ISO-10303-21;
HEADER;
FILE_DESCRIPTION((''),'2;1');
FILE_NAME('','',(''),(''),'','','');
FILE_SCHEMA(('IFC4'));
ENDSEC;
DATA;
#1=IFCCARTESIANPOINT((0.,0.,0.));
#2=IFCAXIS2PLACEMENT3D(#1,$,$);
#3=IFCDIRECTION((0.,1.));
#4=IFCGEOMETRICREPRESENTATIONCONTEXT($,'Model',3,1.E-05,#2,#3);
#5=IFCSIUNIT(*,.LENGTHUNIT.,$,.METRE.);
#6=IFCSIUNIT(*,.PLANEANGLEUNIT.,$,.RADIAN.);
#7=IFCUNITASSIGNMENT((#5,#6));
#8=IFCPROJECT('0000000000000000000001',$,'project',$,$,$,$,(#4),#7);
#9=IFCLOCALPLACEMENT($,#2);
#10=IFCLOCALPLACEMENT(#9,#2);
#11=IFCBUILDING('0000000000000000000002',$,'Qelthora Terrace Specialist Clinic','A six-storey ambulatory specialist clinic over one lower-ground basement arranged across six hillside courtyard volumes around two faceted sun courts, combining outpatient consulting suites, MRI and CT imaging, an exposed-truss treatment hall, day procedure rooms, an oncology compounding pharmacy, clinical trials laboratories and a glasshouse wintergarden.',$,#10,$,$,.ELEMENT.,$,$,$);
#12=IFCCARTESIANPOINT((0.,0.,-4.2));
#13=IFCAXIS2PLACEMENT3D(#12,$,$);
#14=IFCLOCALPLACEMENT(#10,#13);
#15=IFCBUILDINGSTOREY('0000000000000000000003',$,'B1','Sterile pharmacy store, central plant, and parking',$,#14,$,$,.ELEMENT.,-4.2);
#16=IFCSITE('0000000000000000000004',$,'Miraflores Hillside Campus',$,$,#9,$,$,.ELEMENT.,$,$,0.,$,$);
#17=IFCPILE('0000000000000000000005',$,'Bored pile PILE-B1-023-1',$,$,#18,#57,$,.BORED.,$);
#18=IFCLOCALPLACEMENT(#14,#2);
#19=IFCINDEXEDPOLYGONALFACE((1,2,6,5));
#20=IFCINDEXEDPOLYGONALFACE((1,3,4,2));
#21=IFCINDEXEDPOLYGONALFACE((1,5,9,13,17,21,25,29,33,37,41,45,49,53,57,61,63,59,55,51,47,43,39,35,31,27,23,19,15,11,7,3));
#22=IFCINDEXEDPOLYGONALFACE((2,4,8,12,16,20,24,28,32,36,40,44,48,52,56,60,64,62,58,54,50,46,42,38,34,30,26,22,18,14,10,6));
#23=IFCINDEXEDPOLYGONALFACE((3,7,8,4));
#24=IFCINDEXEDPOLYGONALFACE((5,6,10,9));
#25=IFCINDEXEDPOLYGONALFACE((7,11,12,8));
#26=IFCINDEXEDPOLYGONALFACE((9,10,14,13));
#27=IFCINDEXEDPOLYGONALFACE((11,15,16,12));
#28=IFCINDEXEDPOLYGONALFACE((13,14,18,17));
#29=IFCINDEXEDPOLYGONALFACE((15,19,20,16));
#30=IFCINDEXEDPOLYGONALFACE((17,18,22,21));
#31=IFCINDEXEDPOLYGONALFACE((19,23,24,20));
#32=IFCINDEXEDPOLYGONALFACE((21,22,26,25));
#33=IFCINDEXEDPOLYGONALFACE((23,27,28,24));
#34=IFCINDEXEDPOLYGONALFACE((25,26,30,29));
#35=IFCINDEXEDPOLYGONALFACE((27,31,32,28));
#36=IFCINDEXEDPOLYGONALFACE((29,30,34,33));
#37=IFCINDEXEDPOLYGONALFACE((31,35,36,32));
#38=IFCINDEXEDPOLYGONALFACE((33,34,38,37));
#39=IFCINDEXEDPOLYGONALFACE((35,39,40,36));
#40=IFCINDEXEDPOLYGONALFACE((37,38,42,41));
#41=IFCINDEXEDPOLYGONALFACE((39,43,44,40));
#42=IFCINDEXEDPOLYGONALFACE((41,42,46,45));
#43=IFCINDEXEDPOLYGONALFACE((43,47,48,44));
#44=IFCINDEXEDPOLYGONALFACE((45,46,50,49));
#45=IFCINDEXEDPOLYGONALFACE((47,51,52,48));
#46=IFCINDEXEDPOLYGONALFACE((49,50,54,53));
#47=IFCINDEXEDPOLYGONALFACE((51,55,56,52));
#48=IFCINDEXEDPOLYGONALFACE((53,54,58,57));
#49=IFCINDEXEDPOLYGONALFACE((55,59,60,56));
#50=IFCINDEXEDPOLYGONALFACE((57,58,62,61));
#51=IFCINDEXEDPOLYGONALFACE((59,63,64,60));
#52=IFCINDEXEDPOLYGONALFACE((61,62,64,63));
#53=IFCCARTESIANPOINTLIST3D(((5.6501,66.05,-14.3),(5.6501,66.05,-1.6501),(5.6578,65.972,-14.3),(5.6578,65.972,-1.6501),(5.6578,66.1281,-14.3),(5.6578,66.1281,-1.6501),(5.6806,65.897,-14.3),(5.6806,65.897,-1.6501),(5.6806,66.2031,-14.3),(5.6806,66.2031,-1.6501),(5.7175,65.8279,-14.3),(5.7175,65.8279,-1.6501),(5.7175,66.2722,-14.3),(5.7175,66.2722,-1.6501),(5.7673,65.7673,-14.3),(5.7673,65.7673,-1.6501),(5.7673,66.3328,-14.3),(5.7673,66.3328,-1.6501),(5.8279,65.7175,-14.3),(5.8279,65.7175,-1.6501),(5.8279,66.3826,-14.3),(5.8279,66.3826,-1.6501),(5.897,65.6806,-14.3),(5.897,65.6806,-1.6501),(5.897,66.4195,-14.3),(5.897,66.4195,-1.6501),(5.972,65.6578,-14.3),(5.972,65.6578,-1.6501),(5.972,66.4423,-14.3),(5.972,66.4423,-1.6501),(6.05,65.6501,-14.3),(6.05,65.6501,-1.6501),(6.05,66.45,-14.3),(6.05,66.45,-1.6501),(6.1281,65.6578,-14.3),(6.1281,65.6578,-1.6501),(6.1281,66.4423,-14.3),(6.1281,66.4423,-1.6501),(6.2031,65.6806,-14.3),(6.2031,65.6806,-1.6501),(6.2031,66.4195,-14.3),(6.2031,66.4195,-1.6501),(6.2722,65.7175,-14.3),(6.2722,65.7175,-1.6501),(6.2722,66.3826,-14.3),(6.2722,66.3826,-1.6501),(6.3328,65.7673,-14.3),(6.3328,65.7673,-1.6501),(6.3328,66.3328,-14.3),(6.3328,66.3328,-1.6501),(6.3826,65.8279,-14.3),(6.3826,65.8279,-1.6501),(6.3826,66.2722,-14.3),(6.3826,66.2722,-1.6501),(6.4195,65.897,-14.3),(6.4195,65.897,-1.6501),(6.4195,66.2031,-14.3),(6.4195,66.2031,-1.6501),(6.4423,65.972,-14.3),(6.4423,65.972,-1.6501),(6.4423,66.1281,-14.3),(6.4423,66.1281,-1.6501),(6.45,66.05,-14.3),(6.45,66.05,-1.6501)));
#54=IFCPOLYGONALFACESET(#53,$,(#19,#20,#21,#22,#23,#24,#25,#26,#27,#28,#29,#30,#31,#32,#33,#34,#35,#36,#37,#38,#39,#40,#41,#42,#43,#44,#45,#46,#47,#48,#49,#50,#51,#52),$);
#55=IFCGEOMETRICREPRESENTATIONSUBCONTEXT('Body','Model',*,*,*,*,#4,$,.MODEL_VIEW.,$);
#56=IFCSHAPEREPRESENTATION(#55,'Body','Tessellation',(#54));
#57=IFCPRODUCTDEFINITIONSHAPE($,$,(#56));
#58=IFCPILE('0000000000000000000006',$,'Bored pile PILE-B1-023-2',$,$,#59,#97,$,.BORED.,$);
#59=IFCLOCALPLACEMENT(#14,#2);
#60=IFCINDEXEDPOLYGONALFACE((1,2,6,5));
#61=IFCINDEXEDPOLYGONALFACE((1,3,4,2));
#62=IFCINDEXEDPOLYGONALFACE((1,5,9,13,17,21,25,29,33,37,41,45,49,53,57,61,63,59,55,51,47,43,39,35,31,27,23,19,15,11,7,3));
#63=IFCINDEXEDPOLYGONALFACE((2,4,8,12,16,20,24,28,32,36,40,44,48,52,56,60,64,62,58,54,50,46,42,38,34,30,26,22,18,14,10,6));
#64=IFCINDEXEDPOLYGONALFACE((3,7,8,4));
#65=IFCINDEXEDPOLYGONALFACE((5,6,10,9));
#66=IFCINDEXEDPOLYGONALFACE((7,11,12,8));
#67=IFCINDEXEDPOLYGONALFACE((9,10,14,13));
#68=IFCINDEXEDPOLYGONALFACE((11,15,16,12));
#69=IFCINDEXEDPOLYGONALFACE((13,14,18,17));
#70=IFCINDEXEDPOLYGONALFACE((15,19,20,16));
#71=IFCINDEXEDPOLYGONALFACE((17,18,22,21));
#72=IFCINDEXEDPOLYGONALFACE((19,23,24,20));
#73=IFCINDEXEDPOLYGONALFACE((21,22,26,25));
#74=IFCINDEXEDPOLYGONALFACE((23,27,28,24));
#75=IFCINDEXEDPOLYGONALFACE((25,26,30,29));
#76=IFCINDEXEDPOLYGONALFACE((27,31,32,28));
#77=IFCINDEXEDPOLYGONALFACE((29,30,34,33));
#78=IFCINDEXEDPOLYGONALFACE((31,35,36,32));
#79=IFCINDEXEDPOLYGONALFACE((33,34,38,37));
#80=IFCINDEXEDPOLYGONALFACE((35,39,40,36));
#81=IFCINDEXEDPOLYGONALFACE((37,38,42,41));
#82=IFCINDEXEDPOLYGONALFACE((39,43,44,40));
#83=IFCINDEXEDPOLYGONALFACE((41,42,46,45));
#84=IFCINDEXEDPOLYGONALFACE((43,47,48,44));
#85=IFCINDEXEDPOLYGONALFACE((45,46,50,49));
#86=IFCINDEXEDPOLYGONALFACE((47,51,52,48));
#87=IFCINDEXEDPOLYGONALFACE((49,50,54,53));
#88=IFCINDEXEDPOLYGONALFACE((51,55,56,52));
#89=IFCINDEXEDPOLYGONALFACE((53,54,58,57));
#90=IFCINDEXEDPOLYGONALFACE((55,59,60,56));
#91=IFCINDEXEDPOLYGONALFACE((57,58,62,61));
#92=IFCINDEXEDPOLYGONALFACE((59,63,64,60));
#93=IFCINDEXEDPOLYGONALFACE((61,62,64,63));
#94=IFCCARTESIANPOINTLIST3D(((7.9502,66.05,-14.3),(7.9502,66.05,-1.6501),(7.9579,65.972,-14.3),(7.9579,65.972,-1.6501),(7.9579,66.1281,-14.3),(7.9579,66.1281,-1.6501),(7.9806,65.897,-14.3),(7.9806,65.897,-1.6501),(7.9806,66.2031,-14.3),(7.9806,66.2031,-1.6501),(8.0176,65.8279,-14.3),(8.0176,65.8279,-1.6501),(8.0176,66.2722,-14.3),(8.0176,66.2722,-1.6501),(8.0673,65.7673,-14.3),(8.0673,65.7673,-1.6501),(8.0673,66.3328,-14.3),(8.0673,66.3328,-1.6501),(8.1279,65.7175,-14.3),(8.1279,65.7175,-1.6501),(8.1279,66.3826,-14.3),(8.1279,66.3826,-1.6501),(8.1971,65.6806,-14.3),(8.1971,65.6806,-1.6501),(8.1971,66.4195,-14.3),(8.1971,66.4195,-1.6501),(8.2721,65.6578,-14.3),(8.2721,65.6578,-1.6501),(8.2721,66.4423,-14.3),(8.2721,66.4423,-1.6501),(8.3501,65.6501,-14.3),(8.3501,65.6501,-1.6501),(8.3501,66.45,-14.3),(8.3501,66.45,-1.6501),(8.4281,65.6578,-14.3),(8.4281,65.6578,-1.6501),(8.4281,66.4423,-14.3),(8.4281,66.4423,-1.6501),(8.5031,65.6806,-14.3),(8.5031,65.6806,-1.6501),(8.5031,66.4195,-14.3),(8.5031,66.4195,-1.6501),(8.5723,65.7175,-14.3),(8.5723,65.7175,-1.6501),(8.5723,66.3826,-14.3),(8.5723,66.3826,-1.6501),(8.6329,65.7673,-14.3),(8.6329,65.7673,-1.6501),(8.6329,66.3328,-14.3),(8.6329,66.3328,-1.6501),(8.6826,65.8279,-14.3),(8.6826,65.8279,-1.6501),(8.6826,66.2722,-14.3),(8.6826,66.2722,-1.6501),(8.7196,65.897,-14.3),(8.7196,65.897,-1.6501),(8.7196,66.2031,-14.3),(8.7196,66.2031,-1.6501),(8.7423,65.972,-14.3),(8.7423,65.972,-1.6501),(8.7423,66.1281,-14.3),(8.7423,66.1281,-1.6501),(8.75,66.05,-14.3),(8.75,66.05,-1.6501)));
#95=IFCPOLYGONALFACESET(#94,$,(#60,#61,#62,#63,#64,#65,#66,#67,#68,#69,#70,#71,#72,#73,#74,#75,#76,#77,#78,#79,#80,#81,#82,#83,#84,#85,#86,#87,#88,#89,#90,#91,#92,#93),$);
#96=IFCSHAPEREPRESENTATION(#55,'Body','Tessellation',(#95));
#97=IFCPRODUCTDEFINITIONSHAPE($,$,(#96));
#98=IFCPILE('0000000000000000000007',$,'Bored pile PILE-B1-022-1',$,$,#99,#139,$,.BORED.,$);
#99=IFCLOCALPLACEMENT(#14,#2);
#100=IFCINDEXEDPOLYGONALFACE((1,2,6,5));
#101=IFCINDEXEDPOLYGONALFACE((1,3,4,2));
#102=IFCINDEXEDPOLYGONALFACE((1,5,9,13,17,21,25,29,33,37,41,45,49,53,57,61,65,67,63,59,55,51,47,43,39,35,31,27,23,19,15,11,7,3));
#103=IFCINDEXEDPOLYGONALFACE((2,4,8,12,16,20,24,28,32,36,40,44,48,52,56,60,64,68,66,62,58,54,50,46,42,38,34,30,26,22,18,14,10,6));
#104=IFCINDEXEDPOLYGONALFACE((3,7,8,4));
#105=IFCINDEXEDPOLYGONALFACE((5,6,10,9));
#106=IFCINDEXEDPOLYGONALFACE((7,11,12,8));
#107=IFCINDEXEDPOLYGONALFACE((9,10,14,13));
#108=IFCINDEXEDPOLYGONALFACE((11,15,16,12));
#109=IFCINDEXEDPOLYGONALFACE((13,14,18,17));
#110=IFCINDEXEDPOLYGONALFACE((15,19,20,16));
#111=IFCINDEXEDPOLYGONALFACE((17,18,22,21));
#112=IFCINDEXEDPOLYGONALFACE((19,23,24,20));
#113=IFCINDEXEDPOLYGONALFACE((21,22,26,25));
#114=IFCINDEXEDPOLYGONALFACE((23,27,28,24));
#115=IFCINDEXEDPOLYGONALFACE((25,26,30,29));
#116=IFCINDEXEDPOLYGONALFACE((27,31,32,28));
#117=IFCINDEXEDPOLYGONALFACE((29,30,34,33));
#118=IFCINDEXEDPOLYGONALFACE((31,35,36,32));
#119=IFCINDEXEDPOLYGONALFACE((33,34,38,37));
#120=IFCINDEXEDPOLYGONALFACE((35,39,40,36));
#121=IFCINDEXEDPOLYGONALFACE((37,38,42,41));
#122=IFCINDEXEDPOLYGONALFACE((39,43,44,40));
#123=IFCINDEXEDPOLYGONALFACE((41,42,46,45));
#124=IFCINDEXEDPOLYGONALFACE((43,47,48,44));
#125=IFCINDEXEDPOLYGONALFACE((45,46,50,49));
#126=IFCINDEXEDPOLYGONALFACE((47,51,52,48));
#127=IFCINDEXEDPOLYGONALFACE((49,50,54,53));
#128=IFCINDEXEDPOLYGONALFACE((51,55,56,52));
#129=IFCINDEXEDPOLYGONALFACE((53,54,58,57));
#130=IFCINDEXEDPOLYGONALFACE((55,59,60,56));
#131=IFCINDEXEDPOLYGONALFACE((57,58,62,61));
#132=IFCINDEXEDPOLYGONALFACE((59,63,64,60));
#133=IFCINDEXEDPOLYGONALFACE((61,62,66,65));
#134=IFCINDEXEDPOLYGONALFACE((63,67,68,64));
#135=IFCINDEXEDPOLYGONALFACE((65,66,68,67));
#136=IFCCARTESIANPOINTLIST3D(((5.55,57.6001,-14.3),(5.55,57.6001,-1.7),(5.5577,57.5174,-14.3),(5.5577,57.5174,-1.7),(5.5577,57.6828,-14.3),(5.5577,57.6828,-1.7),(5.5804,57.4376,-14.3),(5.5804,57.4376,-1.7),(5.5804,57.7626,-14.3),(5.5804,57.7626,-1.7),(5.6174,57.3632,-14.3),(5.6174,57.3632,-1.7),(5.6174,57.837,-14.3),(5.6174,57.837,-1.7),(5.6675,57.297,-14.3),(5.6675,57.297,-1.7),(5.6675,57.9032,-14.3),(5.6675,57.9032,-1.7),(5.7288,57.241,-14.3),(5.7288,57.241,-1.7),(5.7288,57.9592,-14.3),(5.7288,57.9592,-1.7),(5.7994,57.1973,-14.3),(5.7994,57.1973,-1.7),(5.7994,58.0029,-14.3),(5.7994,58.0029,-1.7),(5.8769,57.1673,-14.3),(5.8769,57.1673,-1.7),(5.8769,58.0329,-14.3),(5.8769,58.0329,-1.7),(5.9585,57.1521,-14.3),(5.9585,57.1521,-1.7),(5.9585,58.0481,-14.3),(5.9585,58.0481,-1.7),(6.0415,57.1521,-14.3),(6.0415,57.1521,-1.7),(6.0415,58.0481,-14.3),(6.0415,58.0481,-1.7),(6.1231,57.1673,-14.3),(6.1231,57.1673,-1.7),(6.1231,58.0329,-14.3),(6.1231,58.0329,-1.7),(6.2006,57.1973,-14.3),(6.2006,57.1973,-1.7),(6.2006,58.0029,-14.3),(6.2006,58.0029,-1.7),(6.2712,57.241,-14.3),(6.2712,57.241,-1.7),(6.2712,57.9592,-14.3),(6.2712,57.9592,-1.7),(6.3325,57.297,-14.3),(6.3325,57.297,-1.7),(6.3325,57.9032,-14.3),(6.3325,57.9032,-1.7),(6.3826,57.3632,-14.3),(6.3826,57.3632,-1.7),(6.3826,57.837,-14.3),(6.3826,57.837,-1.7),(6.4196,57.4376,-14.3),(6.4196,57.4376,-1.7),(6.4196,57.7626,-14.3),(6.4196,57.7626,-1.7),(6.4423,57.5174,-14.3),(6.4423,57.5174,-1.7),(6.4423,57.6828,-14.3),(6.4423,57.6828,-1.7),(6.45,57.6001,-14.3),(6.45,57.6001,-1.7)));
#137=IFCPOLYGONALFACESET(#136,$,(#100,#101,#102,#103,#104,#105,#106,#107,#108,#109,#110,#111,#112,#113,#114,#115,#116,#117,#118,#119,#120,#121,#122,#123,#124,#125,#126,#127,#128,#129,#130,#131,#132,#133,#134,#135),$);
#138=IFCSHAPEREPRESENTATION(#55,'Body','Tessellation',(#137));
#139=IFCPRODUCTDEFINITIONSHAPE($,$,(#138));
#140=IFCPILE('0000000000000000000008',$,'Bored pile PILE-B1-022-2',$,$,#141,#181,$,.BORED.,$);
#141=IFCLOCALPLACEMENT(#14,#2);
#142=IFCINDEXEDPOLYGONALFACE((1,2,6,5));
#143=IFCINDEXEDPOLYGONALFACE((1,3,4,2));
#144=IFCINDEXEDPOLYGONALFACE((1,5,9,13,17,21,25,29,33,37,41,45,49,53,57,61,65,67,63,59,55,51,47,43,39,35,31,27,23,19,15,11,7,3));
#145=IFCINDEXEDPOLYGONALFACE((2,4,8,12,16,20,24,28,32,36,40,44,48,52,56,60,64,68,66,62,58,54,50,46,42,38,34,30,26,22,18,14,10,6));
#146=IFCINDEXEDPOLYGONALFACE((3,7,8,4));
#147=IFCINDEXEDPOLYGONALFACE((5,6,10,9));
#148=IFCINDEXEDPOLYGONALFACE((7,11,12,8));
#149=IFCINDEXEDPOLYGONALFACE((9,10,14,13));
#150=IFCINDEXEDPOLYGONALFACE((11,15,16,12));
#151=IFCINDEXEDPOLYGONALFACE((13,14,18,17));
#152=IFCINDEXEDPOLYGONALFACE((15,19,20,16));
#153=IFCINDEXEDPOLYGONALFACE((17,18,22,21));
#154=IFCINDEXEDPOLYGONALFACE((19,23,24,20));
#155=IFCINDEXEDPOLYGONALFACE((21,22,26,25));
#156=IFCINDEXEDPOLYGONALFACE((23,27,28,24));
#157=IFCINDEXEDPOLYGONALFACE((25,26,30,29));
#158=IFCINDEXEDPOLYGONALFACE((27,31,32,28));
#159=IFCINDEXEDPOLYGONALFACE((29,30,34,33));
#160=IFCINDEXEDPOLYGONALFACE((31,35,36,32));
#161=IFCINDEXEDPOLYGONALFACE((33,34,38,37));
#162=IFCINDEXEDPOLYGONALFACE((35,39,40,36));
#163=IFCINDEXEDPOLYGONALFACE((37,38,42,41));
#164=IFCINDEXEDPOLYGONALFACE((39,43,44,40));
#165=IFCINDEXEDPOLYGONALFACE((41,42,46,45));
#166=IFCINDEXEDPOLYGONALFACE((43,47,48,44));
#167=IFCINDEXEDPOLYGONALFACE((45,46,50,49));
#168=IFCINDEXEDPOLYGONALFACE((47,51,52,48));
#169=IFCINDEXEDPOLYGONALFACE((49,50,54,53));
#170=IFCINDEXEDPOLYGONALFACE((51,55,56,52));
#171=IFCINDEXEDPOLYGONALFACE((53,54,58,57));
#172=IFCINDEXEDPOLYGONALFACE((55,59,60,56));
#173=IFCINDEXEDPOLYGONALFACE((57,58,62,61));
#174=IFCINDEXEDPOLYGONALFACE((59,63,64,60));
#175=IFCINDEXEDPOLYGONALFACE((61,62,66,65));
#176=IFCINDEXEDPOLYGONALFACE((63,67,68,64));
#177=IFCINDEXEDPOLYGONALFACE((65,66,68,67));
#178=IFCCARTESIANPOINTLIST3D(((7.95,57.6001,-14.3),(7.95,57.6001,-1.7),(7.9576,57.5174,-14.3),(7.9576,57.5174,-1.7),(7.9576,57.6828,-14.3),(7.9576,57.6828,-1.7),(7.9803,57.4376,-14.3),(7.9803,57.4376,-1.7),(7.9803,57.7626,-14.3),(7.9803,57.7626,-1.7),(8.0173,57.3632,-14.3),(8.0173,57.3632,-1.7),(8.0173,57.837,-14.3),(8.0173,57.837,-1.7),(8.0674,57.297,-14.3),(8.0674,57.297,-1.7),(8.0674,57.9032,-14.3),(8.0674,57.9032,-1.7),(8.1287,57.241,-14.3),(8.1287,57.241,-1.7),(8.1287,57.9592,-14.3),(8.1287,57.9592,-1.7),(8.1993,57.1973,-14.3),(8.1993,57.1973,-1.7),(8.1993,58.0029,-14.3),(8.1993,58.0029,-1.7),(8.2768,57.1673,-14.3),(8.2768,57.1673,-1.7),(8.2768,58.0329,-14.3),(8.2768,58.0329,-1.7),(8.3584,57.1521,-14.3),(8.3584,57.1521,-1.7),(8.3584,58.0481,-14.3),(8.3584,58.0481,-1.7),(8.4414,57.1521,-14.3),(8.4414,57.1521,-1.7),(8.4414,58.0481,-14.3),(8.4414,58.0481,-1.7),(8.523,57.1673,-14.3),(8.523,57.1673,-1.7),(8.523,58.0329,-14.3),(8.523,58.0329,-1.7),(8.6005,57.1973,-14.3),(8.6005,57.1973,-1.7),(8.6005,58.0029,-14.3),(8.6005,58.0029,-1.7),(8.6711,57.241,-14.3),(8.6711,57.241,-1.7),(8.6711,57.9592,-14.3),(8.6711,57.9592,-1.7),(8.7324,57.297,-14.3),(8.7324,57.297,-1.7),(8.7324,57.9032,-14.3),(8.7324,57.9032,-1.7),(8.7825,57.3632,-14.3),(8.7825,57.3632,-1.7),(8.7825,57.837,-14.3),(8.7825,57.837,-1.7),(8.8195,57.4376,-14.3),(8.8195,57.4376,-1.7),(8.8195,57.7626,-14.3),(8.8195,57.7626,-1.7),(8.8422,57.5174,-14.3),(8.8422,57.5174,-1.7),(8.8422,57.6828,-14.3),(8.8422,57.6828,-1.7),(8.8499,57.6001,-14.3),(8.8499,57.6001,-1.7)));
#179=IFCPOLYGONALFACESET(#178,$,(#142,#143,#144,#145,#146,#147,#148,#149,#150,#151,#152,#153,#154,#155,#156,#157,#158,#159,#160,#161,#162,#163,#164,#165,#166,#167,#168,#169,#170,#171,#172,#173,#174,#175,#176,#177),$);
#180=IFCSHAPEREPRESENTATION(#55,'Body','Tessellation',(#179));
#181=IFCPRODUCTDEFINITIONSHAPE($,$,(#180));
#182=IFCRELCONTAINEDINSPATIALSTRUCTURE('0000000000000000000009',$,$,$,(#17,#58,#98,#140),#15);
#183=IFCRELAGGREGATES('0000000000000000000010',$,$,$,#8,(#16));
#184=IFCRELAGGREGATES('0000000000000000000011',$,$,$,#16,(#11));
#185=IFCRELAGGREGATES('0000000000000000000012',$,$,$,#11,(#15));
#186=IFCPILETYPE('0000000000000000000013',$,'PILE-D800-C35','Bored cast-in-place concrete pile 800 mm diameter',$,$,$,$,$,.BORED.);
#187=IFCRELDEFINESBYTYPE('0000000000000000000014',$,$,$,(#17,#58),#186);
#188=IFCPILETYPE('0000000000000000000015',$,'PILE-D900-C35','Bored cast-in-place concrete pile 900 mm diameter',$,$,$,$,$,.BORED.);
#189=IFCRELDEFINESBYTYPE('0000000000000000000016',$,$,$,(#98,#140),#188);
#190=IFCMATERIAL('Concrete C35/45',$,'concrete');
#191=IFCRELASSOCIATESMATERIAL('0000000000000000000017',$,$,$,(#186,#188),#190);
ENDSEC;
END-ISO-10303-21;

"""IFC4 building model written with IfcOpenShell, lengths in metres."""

from ifc_helpers import new_model, si_unit, direction, frame, origin, origin_2d, place, context, subcontext, project, spatial, circle, extrude, material, material_profile, profile_set, type_object, element, save


model = new_model("IFC4")

# Units and contexts
model_context = context("Model", 3, precision=1e-05, world=origin(), true_north=direction((0.0, 1.0)))
body_context = subcontext(model_context, "Body", "Model", "MODEL_VIEW")
ifc_project = project(units=[si_unit("LENGTHUNIT", "METRE"), si_unit("PLANEANGLEUNIT", "RADIAN")], contexts=[model_context])

# Site, building, storey
site_placement = place(None, origin())
site = spatial("IfcSite", under=ifc_project, at=site_placement, Name="Miraflores Hillside Campus", CompositionType="ELEMENT", RefElevation=0.0)
building_placement = place(site_placement, origin())
building = spatial("IfcBuilding", under=site, at=building_placement, Name="Qelthora Terrace Specialist Clinic", Description="A six-storey ambulatory specialist clinic over one lower-ground basement arranged across six hillside courtyard volumes around two faceted sun courts, combining outpatient consulting suites, MRI and CT imaging, an exposed-truss treatment hall, day procedure rooms, an oncology compounding pharmacy, clinical trials laboratories and a glasshouse wintergarden.", CompositionType="ELEMENT")
storey_placement = place(building_placement, frame((0.0, 0.0, -4.2)))
storey = spatial("IfcBuildingStorey", under=building, at=storey_placement, Name="B1", Description="Sterile pharmacy store, central plant, and parking", CompositionType="ELEMENT", Elevation=-4.2)

# Shared definitions
ifc_material_1 = material(Name="Concrete C35/45", Category="concrete")

# Piles
ifc_material_profile_1 = material_profile(ifc_material_1, circle(Radius=0.3999, at=origin_2d()), Name="PILE800")
ifc_profile_set_1 = profile_set([ifc_material_profile_1], Name="Concrete C35/45")
pile_type_1 = type_object("IfcPileType", Name="PILE-D800-C35", Description="Bored cast-in-place concrete pile 800 mm diameter", PredefinedType="BORED", material=ifc_profile_set_1)
for number, where, z_axis, x_axis, name in (
    (1, (6.05, 66.05, -1.6501), (0.0, 0.0, -1.0), (1.0, 0.0, 0.0), "Bored pile PILE-B1-023-1"),
    (2, (8.3501, 66.05, -1.6501), (0.0, 0.0, -1.0), (1.0, 0.0, 0.0), "Bored pile PILE-B1-023-2"),
):
    element("IfcPile", number, at=place(storey_placement, frame(where, z_axis=z_axis, x_axis=x_axis)), inside=storey, type_object=pile_type_1, Name=name, PredefinedType="BORED", context=body_context, shape_type="SweptSolid", body=[
        extrude(circle(Radius=0.3999, at=origin_2d()), origin(), (0.0, 0.0, 1.0), 12.6499),
    ])
ifc_material_profile_2 = material_profile(ifc_material_1, circle(Radius=0.45, at=origin_2d()), Name="PILE900")
ifc_profile_set_2 = profile_set([ifc_material_profile_2], Name="Concrete C35/45")
pile_type_2 = type_object("IfcPileType", Name="PILE-D900-C35", Description="Bored cast-in-place concrete pile 900 mm diameter", PredefinedType="BORED", material=ifc_profile_set_2)
for number, where, z_axis, x_axis, name in (
    (3, (6.0, 57.6001, -1.7), (0.0, 0.0, -1.0), (1.0, 0.0, 0.0), "Bored pile PILE-B1-022-1"),
    (4, (8.3999, 57.6001, -1.7), (0.0, 0.0, -1.0), (1.0, 0.0, 0.0), "Bored pile PILE-B1-022-2"),
):
    element("IfcPile", number, at=place(storey_placement, frame(where, z_axis=z_axis, x_axis=x_axis)), inside=storey, type_object=pile_type_2, Name=name, PredefinedType="BORED", context=body_context, shape_type="SweptSolid", body=[
        extrude(circle(Radius=0.45, at=origin_2d()), origin(), (0.0, 0.0, 1.0), 12.6001),
    ])

save(model, "model.ifc")
